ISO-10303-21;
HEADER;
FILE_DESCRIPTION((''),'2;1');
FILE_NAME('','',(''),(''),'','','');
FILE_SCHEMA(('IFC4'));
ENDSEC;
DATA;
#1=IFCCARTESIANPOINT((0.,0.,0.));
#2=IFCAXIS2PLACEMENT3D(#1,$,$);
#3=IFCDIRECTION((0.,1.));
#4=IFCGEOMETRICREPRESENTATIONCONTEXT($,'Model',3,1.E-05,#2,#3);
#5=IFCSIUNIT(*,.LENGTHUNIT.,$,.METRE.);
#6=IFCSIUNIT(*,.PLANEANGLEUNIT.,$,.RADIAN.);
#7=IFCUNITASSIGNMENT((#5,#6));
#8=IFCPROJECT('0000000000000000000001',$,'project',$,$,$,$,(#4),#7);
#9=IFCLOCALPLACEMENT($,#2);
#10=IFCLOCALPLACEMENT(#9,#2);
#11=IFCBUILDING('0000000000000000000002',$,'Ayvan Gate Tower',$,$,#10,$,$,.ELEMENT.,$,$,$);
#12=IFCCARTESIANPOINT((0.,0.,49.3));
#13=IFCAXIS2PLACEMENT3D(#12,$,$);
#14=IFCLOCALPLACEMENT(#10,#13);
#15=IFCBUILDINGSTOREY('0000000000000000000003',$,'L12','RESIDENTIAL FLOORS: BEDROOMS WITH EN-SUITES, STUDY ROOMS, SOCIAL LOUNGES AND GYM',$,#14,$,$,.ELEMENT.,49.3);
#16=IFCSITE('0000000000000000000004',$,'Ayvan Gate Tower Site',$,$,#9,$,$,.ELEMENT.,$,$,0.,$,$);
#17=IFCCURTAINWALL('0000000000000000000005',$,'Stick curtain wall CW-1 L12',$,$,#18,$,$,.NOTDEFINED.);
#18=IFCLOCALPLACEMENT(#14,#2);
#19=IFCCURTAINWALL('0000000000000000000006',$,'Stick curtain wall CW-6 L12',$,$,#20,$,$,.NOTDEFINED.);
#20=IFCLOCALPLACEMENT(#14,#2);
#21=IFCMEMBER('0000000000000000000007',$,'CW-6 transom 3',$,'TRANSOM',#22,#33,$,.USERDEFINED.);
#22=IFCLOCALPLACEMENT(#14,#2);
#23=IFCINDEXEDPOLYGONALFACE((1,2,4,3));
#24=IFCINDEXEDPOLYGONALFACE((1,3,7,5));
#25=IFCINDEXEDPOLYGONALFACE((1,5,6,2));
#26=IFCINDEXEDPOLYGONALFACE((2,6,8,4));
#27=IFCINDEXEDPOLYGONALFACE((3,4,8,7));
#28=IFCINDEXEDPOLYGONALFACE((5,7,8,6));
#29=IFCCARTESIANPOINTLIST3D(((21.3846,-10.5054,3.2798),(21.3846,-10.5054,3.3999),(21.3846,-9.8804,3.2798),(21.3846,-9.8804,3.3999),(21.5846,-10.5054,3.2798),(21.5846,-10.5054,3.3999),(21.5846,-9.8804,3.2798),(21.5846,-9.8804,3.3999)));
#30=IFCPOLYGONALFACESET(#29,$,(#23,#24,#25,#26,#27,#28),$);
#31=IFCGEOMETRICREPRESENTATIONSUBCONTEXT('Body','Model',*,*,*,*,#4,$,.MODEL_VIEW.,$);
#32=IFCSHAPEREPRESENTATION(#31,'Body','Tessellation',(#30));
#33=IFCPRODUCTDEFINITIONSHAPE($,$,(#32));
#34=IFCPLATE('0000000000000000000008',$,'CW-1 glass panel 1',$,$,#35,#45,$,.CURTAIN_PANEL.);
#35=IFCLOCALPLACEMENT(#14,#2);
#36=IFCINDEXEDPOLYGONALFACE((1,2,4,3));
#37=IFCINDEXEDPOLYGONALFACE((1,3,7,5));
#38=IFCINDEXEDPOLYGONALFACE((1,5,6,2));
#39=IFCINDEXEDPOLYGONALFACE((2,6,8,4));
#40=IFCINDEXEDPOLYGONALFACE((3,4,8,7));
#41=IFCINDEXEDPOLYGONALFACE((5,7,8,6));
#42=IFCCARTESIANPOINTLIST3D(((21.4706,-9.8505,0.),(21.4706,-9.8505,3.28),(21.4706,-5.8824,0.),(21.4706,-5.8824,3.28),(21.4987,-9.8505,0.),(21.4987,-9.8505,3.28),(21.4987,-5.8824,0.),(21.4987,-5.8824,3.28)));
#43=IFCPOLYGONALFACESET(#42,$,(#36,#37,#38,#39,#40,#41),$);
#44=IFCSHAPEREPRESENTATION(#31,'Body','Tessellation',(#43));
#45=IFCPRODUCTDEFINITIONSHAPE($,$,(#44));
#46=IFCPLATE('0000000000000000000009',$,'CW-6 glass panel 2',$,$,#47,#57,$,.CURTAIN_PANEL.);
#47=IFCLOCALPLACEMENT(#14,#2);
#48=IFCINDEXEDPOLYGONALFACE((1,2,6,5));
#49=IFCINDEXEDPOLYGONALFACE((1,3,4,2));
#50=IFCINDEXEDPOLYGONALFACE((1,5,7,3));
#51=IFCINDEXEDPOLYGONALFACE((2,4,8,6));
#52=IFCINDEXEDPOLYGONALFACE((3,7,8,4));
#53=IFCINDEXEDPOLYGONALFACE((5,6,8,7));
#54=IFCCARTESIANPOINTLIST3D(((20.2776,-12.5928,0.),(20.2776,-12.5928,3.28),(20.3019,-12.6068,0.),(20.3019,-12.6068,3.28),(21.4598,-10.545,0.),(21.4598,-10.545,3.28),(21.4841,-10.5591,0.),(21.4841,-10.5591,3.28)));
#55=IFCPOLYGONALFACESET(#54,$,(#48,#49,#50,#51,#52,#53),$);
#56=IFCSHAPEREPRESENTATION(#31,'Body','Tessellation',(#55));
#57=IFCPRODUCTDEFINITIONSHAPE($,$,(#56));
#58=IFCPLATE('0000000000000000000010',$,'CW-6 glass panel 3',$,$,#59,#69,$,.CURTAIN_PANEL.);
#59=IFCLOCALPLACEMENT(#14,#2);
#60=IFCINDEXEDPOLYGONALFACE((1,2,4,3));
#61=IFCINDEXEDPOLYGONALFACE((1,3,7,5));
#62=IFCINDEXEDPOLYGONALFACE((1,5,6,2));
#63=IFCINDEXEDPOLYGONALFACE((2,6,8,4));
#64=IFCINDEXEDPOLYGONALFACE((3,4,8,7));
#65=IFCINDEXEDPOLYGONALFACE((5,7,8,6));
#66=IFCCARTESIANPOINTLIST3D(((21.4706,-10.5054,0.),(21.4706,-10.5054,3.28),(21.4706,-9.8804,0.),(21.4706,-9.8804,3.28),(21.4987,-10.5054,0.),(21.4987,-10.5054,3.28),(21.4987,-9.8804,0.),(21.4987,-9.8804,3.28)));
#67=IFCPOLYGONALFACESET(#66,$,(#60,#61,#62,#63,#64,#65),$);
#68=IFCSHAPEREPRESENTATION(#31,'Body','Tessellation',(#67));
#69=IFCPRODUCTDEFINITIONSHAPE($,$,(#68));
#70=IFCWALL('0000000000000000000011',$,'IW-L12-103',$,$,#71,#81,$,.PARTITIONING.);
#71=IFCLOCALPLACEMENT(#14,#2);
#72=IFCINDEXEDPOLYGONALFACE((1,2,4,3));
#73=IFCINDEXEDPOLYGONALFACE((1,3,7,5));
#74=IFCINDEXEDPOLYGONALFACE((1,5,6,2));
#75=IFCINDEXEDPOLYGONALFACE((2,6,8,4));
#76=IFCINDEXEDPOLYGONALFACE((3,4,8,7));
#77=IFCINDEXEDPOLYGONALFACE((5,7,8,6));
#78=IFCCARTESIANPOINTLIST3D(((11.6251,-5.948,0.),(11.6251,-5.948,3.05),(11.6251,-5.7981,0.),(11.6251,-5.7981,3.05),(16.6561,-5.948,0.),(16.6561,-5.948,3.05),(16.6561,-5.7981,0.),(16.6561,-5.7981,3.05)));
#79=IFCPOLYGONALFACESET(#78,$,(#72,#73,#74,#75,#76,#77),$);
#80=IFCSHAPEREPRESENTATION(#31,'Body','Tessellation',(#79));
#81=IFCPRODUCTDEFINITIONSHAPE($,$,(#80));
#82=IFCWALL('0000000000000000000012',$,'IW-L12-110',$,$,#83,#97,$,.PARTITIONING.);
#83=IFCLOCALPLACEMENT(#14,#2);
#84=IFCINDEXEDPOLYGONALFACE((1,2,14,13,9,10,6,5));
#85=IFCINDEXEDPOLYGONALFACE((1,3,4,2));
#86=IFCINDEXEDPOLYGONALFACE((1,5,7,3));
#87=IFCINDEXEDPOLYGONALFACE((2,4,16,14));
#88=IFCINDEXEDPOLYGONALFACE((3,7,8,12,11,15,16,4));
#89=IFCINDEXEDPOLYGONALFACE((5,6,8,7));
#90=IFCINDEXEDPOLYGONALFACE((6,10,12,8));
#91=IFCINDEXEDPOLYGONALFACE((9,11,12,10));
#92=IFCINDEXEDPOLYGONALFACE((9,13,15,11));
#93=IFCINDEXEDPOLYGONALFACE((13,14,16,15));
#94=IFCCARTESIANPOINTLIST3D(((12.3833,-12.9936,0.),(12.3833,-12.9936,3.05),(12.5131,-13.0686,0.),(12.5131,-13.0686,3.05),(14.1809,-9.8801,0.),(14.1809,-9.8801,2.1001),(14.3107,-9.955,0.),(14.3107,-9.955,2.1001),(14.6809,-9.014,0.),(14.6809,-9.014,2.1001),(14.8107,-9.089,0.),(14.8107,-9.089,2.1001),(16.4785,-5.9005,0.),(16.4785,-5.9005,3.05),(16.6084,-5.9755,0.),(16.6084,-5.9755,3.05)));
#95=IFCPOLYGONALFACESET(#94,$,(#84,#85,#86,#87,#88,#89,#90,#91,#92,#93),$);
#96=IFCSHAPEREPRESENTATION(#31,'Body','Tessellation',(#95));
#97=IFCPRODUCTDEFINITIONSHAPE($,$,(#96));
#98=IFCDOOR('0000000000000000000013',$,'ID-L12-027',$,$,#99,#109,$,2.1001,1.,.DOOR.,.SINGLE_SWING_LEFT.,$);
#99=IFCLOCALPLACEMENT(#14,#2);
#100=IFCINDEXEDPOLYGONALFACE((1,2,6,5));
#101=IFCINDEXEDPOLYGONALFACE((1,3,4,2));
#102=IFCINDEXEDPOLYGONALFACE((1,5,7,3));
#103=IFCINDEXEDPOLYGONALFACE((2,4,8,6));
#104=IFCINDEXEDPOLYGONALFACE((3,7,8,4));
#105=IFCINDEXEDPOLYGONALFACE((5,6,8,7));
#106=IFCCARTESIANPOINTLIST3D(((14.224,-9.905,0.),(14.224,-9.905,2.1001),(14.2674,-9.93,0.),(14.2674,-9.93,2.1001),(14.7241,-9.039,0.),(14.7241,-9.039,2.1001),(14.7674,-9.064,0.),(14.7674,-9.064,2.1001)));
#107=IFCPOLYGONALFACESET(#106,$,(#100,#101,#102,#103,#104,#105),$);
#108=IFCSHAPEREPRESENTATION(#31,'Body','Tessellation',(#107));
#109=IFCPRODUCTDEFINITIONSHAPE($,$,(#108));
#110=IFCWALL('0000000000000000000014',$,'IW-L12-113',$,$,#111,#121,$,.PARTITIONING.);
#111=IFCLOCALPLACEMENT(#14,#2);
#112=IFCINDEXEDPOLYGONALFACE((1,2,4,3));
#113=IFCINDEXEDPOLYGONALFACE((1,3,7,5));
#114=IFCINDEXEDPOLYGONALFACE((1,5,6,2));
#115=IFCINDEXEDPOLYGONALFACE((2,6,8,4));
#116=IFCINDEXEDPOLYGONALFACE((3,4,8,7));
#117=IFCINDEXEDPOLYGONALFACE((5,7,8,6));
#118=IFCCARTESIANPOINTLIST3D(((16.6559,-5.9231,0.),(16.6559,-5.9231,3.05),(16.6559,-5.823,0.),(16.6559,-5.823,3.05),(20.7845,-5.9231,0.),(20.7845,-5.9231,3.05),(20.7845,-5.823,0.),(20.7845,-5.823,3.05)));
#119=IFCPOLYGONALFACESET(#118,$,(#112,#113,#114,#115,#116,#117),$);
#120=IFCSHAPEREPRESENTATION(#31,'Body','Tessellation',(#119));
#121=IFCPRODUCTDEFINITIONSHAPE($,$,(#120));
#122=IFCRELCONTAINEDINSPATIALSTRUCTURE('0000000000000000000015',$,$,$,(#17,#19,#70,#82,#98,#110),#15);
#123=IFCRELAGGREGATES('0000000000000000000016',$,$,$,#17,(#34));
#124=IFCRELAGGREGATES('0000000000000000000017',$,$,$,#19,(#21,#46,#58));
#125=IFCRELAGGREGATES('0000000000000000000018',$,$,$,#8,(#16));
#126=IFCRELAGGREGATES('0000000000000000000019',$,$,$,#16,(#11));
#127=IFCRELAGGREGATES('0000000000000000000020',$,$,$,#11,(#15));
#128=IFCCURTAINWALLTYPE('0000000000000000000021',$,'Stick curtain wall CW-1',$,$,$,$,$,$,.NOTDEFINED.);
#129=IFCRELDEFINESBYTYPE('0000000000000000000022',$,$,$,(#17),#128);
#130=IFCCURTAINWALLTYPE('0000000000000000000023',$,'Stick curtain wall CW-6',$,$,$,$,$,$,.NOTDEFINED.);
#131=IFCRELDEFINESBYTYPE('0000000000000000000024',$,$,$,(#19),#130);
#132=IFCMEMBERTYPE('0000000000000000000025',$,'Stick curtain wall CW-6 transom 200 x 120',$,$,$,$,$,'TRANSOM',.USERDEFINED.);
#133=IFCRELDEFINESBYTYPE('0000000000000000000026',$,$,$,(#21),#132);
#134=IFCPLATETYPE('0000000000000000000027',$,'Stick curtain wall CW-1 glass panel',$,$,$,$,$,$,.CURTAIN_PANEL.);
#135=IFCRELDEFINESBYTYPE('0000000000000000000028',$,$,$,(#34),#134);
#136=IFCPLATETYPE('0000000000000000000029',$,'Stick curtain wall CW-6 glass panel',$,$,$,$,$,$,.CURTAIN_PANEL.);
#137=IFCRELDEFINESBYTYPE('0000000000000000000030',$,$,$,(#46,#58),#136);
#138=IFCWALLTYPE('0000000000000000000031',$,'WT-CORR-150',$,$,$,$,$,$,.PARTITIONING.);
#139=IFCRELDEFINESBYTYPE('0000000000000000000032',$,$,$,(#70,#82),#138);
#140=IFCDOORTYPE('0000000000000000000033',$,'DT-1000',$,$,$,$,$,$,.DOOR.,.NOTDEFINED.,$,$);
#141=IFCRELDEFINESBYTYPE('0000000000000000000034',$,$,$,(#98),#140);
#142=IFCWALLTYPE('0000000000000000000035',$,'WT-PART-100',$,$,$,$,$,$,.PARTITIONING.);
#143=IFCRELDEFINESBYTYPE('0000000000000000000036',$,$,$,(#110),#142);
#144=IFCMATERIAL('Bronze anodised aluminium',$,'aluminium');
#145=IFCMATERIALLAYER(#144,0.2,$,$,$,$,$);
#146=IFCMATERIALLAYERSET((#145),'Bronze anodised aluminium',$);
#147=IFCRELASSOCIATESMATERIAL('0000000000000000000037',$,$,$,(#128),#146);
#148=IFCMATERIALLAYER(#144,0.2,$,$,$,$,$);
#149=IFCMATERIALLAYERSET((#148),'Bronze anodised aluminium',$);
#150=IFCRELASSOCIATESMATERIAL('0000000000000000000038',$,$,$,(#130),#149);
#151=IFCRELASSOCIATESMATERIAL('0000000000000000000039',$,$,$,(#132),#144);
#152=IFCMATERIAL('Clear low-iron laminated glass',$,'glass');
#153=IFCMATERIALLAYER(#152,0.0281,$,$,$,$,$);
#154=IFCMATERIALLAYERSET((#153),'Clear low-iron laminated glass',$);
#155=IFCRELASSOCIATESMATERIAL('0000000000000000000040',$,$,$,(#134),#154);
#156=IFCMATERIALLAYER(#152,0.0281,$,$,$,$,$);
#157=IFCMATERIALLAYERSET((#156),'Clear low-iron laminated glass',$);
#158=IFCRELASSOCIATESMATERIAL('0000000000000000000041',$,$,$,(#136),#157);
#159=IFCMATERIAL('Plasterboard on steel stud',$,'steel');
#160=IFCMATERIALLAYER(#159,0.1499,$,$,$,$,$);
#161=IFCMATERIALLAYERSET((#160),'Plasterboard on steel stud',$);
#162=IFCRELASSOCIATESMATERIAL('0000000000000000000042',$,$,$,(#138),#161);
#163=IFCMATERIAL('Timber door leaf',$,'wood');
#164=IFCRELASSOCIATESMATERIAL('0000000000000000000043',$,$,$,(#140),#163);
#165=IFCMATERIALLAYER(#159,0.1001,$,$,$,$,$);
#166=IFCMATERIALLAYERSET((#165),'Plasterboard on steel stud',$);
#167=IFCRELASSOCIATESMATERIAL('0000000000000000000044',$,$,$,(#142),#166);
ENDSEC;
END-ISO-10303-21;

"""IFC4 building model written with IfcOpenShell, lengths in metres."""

from ifc_helpers import new_model, si_unit, direction, frame, frame_2d, origin, origin_2d, place, context, subcontext, project, spatial, rectangle, extrude, material, layer, layer_set, material_profile, profile_set, type_object, element, fill, aggregate, save


model = new_model("IFC4")

# Units and contexts
model_context = context("Model", 3, precision=1e-05, world=origin(), true_north=direction((0.0, 1.0)))
body_context = subcontext(model_context, "Body", "Model", "MODEL_VIEW")
ifc_project = project(units=[si_unit("LENGTHUNIT", "METRE"), si_unit("PLANEANGLEUNIT", "RADIAN")], contexts=[model_context])

# Site, building, storey
site_placement = place(None, origin())
site = spatial("IfcSite", under=ifc_project, at=site_placement, Name="Ayvan Gate Tower Site", CompositionType="ELEMENT", RefElevation=0.0)
building_placement = place(site_placement, origin())
building = spatial("IfcBuilding", under=site, at=building_placement, Name="Ayvan Gate Tower", CompositionType="ELEMENT")
storey_placement = place(building_placement, frame((0.0, 0.0, 49.3)))
storey = spatial("IfcBuildingStorey", under=building, at=storey_placement, Name="L12", Description="RESIDENTIAL FLOORS: BEDROOMS WITH EN-SUITES, STUDY ROOMS, SOCIAL LOUNGES AND GYM", CompositionType="ELEMENT", Elevation=49.3)

# Curtain wall
ifc_material_1 = material(Name="Bronze anodised aluminium", Category="aluminium")
ifc_layer_1 = layer(ifc_material_1, 0.2)
ifc_layer_set_1 = layer_set([ifc_layer_1], Name="Bronze anodised aluminium")
curtain_wall_type_1 = type_object("IfcCurtainWallType", Name="Stick curtain wall CW-1", PredefinedType="NOTDEFINED", material=ifc_layer_set_1)
curtain_wall_1_placement = place(storey_placement, origin())
curtain_wall_1 = element("IfcCurtainWall", 1, at=curtain_wall_1_placement, inside=storey, type_object=curtain_wall_type_1, Name="Stick curtain wall CW-1 L12", PredefinedType="NOTDEFINED")

# Curtain wall, member
ifc_layer_2 = layer(ifc_material_1, 0.2)
ifc_layer_set_2 = layer_set([ifc_layer_2], Name="Bronze anodised aluminium")
curtain_wall_type_2 = type_object("IfcCurtainWallType", Name="Stick curtain wall CW-6", PredefinedType="NOTDEFINED", material=ifc_layer_set_2)
curtain_wall_2_placement = place(storey_placement, origin())
curtain_wall_2 = element("IfcCurtainWall", 2, at=curtain_wall_2_placement, inside=storey, type_object=curtain_wall_type_2, Name="Stick curtain wall CW-6 L12", PredefinedType="NOTDEFINED")
ifc_material_profile_1 = material_profile(ifc_material_1, rectangle(XDim=0.2, YDim=0.1201, at=origin_2d()), Name="Stick curtain wall CW-6 transom 200 x 120")
ifc_profile_set_1 = profile_set([ifc_material_profile_1], Name="Bronze anodised aluminium")
member_type_1 = type_object("IfcMemberType", Name="Stick curtain wall CW-6 transom 200 x 120", ElementType="TRANSOM", PredefinedType="USERDEFINED", material=ifc_profile_set_1)
member_1_placement = place(storey_placement, frame((21.4846, -10.5054, 3.3398), z_axis=(0.0, 1.0, 0.0), x_axis=(-1.0, 0.0, 0.0)))
member_1 = element("IfcMember", 3, at=member_1_placement, type_object=member_type_1, Name="CW-6 transom 3", ObjectType="TRANSOM", PredefinedType="USERDEFINED", context=body_context, shape_type="SweptSolid", body=[
    extrude(rectangle(XDim=0.2, YDim=0.1201, at=origin_2d()), origin(), (0.0, 0.0, 1.0), 0.625),
])

# Plates
ifc_material_2 = material(Name="Clear low-iron laminated glass", Category="glass")
ifc_layer_3 = layer(ifc_material_2, 0.0281)
ifc_layer_set_3 = layer_set([ifc_layer_3], Name="Clear low-iron laminated glass")
plate_type_1 = type_object("IfcPlateType", Name="Stick curtain wall CW-1 glass panel", PredefinedType="CURTAIN_PANEL", material=ifc_layer_set_3)
plate_1_placement = place(storey_placement, frame((21.4846, -7.8665, 0.0), z_axis=(0.0, 0.0, 1.0), x_axis=(0.0, 1.0, 0.0)))
plate_1 = element("IfcPlate", 4, at=plate_1_placement, type_object=plate_type_1, Name="CW-1 glass panel 1", PredefinedType="CURTAIN_PANEL", context=body_context, shape_type="SweptSolid", body=[
    extrude(rectangle(XDim=3.968, YDim=0.0281, at=origin_2d()), origin(), (0.0, 0.0, 1.0), 3.28),
])
aggregate(curtain_wall_1, [plate_1])
ifc_layer_4 = layer(ifc_material_2, 0.0281)
ifc_layer_set_4 = layer_set([ifc_layer_4], Name="Clear low-iron laminated glass")
plate_type_2 = type_object("IfcPlateType", Name="Stick curtain wall CW-6 glass panel", PredefinedType="CURTAIN_PANEL", material=ifc_layer_set_4)
plate_2_placement = place(storey_placement, frame((20.8809, -11.5759, 0.0), z_axis=(0.0, 0.0, 1.0), x_axis=(0.5, 0.866025, 0.0)))
plate_2 = element("IfcPlate", 5, at=plate_2_placement, type_object=plate_type_2, Name="CW-6 glass panel 2", PredefinedType="CURTAIN_PANEL", context=body_context, shape_type="SweptSolid", body=[
    extrude(rectangle(XDim=2.3645, YDim=0.0281, at=origin_2d()), origin(), (0.0, 0.0, 1.0), 3.28),
])
plate_3_placement = place(storey_placement, frame((21.4846, -10.1929, 0.0), z_axis=(0.0, 0.0, 1.0), x_axis=(0.0, 1.0, 0.0)))
plate_3 = element("IfcPlate", 6, at=plate_3_placement, type_object=plate_type_2, Name="CW-6 glass panel 3", PredefinedType="CURTAIN_PANEL", context=body_context, shape_type="SweptSolid", body=[
    extrude(rectangle(XDim=0.625, YDim=0.0281, at=origin_2d()), origin(), (0.0, 0.0, 1.0), 3.28),
])
aggregate(curtain_wall_2, [member_1, plate_2, plate_3])

# Wall
ifc_material_3 = material(Name="Plasterboard on steel stud", Category="steel")
ifc_layer_5 = layer(ifc_material_3, 0.1499)
ifc_layer_set_5 = layer_set([ifc_layer_5], Name="Plasterboard on steel stud")
wall_type_1 = type_object("IfcWallType", Name="WT-CORR-150", PredefinedType="PARTITIONING", material=ifc_layer_set_5)
wall_1_placement = place(storey_placement, frame((11.625, -5.873, 0.0), z_axis=(0.0, 0.0, 1.0), x_axis=(1.0, 0.0, 0.0)))
element("IfcWall", 7, at=wall_1_placement, inside=storey, type_object=wall_type_1, Name="IW-L12-103", PredefinedType="PARTITIONING", context=body_context, shape_type="SweptSolid", body=[
    extrude(rectangle(XDim=5.031, YDim=0.1499, at=frame_2d((2.5156, 0.0))), origin(), (0.0, 0.0, 1.0), 3.05),
])

# Wall, opening, door
wall_2_placement = place(storey_placement, frame((16.5435, -5.938, 0.0), z_axis=(0.0, 0.0, 1.0), x_axis=(-0.500005, -0.866022, 0.0)))
wall_2 = element("IfcWall", 8, at=wall_2_placement, inside=storey, type_object=wall_type_1, Name="IW-L12-110", PredefinedType="PARTITIONING", context=body_context, shape_type="SweptSolid", body=[
    extrude(rectangle(XDim=8.1904, YDim=0.1499, at=frame_2d((4.0952, 0.0))), origin(), (0.0, 0.0, 1.0), 3.05),
])
opening_1_placement = place(wall_2_placement, frame((3.5952, 0.0, 0.0)))
opening_1 = element("IfcOpeningElement", 9, at=opening_1_placement, cuts=wall_2, PredefinedType="OPENING", context=body_context, shape_type="SweptSolid", body=[
    extrude(rectangle(XDim=1.0, YDim=2.1001, at=frame_2d((0.5, 1.05))), frame((0.0, 0.085, 0.0), z_axis=(0.0, -1.0, 0.0), x_axis=(1.0, 0.0, 0.0)), (0.0, 0.0, 1.0), 0.1699),
])
ifc_material_4 = material(Name="Timber door leaf", Category="wood")
door_type_1 = type_object("IfcDoorType", Name="DT-1000", OperationType="NOTDEFINED", PredefinedType="DOOR", material=ifc_material_4)
door_1_placement = place(opening_1_placement, origin())
door_1 = element("IfcDoor", 10, at=door_1_placement, inside=storey, type_object=door_type_1, Name="ID-L12-027", OperationType="SINGLE_SWING_LEFT", OverallHeight=2.1001, OverallWidth=1.0, PredefinedType="DOOR", context=body_context, shape_type="SweptSolid", body=[
    extrude(rectangle(XDim=1.0, YDim=2.1001, at=frame_2d((0.5, 1.05))), frame((0.0, 0.0249, 0.0), z_axis=(0.0, -1.0, 0.0), x_axis=(1.0, 0.0, 0.0)), (0.0, 0.0, 1.0), 0.05),
])
fill(opening_1, door_1)

# Wall
ifc_layer_6 = layer(ifc_material_3, 0.1001)
ifc_layer_set_6 = layer_set([ifc_layer_6], Name="Plasterboard on steel stud")
wall_type_2 = type_object("IfcWallType", Name="WT-PART-100", PredefinedType="PARTITIONING", material=ifc_layer_set_6)
wall_3_placement = place(storey_placement, frame((20.7847, -5.873, 0.0), z_axis=(0.0, 0.0, 1.0), x_axis=(-1.0, 0.0, 0.0)))
element("IfcWall", 11, at=wall_3_placement, inside=storey, type_object=wall_type_2, Name="IW-L12-113", PredefinedType="PARTITIONING", context=body_context, shape_type="SweptSolid", body=[
    extrude(rectangle(XDim=4.1287, YDim=0.1001, at=frame_2d((2.0645, 0.0))), origin(), (0.0, 0.0, 1.0), 3.05),
])

save(model, "model.ifc")
